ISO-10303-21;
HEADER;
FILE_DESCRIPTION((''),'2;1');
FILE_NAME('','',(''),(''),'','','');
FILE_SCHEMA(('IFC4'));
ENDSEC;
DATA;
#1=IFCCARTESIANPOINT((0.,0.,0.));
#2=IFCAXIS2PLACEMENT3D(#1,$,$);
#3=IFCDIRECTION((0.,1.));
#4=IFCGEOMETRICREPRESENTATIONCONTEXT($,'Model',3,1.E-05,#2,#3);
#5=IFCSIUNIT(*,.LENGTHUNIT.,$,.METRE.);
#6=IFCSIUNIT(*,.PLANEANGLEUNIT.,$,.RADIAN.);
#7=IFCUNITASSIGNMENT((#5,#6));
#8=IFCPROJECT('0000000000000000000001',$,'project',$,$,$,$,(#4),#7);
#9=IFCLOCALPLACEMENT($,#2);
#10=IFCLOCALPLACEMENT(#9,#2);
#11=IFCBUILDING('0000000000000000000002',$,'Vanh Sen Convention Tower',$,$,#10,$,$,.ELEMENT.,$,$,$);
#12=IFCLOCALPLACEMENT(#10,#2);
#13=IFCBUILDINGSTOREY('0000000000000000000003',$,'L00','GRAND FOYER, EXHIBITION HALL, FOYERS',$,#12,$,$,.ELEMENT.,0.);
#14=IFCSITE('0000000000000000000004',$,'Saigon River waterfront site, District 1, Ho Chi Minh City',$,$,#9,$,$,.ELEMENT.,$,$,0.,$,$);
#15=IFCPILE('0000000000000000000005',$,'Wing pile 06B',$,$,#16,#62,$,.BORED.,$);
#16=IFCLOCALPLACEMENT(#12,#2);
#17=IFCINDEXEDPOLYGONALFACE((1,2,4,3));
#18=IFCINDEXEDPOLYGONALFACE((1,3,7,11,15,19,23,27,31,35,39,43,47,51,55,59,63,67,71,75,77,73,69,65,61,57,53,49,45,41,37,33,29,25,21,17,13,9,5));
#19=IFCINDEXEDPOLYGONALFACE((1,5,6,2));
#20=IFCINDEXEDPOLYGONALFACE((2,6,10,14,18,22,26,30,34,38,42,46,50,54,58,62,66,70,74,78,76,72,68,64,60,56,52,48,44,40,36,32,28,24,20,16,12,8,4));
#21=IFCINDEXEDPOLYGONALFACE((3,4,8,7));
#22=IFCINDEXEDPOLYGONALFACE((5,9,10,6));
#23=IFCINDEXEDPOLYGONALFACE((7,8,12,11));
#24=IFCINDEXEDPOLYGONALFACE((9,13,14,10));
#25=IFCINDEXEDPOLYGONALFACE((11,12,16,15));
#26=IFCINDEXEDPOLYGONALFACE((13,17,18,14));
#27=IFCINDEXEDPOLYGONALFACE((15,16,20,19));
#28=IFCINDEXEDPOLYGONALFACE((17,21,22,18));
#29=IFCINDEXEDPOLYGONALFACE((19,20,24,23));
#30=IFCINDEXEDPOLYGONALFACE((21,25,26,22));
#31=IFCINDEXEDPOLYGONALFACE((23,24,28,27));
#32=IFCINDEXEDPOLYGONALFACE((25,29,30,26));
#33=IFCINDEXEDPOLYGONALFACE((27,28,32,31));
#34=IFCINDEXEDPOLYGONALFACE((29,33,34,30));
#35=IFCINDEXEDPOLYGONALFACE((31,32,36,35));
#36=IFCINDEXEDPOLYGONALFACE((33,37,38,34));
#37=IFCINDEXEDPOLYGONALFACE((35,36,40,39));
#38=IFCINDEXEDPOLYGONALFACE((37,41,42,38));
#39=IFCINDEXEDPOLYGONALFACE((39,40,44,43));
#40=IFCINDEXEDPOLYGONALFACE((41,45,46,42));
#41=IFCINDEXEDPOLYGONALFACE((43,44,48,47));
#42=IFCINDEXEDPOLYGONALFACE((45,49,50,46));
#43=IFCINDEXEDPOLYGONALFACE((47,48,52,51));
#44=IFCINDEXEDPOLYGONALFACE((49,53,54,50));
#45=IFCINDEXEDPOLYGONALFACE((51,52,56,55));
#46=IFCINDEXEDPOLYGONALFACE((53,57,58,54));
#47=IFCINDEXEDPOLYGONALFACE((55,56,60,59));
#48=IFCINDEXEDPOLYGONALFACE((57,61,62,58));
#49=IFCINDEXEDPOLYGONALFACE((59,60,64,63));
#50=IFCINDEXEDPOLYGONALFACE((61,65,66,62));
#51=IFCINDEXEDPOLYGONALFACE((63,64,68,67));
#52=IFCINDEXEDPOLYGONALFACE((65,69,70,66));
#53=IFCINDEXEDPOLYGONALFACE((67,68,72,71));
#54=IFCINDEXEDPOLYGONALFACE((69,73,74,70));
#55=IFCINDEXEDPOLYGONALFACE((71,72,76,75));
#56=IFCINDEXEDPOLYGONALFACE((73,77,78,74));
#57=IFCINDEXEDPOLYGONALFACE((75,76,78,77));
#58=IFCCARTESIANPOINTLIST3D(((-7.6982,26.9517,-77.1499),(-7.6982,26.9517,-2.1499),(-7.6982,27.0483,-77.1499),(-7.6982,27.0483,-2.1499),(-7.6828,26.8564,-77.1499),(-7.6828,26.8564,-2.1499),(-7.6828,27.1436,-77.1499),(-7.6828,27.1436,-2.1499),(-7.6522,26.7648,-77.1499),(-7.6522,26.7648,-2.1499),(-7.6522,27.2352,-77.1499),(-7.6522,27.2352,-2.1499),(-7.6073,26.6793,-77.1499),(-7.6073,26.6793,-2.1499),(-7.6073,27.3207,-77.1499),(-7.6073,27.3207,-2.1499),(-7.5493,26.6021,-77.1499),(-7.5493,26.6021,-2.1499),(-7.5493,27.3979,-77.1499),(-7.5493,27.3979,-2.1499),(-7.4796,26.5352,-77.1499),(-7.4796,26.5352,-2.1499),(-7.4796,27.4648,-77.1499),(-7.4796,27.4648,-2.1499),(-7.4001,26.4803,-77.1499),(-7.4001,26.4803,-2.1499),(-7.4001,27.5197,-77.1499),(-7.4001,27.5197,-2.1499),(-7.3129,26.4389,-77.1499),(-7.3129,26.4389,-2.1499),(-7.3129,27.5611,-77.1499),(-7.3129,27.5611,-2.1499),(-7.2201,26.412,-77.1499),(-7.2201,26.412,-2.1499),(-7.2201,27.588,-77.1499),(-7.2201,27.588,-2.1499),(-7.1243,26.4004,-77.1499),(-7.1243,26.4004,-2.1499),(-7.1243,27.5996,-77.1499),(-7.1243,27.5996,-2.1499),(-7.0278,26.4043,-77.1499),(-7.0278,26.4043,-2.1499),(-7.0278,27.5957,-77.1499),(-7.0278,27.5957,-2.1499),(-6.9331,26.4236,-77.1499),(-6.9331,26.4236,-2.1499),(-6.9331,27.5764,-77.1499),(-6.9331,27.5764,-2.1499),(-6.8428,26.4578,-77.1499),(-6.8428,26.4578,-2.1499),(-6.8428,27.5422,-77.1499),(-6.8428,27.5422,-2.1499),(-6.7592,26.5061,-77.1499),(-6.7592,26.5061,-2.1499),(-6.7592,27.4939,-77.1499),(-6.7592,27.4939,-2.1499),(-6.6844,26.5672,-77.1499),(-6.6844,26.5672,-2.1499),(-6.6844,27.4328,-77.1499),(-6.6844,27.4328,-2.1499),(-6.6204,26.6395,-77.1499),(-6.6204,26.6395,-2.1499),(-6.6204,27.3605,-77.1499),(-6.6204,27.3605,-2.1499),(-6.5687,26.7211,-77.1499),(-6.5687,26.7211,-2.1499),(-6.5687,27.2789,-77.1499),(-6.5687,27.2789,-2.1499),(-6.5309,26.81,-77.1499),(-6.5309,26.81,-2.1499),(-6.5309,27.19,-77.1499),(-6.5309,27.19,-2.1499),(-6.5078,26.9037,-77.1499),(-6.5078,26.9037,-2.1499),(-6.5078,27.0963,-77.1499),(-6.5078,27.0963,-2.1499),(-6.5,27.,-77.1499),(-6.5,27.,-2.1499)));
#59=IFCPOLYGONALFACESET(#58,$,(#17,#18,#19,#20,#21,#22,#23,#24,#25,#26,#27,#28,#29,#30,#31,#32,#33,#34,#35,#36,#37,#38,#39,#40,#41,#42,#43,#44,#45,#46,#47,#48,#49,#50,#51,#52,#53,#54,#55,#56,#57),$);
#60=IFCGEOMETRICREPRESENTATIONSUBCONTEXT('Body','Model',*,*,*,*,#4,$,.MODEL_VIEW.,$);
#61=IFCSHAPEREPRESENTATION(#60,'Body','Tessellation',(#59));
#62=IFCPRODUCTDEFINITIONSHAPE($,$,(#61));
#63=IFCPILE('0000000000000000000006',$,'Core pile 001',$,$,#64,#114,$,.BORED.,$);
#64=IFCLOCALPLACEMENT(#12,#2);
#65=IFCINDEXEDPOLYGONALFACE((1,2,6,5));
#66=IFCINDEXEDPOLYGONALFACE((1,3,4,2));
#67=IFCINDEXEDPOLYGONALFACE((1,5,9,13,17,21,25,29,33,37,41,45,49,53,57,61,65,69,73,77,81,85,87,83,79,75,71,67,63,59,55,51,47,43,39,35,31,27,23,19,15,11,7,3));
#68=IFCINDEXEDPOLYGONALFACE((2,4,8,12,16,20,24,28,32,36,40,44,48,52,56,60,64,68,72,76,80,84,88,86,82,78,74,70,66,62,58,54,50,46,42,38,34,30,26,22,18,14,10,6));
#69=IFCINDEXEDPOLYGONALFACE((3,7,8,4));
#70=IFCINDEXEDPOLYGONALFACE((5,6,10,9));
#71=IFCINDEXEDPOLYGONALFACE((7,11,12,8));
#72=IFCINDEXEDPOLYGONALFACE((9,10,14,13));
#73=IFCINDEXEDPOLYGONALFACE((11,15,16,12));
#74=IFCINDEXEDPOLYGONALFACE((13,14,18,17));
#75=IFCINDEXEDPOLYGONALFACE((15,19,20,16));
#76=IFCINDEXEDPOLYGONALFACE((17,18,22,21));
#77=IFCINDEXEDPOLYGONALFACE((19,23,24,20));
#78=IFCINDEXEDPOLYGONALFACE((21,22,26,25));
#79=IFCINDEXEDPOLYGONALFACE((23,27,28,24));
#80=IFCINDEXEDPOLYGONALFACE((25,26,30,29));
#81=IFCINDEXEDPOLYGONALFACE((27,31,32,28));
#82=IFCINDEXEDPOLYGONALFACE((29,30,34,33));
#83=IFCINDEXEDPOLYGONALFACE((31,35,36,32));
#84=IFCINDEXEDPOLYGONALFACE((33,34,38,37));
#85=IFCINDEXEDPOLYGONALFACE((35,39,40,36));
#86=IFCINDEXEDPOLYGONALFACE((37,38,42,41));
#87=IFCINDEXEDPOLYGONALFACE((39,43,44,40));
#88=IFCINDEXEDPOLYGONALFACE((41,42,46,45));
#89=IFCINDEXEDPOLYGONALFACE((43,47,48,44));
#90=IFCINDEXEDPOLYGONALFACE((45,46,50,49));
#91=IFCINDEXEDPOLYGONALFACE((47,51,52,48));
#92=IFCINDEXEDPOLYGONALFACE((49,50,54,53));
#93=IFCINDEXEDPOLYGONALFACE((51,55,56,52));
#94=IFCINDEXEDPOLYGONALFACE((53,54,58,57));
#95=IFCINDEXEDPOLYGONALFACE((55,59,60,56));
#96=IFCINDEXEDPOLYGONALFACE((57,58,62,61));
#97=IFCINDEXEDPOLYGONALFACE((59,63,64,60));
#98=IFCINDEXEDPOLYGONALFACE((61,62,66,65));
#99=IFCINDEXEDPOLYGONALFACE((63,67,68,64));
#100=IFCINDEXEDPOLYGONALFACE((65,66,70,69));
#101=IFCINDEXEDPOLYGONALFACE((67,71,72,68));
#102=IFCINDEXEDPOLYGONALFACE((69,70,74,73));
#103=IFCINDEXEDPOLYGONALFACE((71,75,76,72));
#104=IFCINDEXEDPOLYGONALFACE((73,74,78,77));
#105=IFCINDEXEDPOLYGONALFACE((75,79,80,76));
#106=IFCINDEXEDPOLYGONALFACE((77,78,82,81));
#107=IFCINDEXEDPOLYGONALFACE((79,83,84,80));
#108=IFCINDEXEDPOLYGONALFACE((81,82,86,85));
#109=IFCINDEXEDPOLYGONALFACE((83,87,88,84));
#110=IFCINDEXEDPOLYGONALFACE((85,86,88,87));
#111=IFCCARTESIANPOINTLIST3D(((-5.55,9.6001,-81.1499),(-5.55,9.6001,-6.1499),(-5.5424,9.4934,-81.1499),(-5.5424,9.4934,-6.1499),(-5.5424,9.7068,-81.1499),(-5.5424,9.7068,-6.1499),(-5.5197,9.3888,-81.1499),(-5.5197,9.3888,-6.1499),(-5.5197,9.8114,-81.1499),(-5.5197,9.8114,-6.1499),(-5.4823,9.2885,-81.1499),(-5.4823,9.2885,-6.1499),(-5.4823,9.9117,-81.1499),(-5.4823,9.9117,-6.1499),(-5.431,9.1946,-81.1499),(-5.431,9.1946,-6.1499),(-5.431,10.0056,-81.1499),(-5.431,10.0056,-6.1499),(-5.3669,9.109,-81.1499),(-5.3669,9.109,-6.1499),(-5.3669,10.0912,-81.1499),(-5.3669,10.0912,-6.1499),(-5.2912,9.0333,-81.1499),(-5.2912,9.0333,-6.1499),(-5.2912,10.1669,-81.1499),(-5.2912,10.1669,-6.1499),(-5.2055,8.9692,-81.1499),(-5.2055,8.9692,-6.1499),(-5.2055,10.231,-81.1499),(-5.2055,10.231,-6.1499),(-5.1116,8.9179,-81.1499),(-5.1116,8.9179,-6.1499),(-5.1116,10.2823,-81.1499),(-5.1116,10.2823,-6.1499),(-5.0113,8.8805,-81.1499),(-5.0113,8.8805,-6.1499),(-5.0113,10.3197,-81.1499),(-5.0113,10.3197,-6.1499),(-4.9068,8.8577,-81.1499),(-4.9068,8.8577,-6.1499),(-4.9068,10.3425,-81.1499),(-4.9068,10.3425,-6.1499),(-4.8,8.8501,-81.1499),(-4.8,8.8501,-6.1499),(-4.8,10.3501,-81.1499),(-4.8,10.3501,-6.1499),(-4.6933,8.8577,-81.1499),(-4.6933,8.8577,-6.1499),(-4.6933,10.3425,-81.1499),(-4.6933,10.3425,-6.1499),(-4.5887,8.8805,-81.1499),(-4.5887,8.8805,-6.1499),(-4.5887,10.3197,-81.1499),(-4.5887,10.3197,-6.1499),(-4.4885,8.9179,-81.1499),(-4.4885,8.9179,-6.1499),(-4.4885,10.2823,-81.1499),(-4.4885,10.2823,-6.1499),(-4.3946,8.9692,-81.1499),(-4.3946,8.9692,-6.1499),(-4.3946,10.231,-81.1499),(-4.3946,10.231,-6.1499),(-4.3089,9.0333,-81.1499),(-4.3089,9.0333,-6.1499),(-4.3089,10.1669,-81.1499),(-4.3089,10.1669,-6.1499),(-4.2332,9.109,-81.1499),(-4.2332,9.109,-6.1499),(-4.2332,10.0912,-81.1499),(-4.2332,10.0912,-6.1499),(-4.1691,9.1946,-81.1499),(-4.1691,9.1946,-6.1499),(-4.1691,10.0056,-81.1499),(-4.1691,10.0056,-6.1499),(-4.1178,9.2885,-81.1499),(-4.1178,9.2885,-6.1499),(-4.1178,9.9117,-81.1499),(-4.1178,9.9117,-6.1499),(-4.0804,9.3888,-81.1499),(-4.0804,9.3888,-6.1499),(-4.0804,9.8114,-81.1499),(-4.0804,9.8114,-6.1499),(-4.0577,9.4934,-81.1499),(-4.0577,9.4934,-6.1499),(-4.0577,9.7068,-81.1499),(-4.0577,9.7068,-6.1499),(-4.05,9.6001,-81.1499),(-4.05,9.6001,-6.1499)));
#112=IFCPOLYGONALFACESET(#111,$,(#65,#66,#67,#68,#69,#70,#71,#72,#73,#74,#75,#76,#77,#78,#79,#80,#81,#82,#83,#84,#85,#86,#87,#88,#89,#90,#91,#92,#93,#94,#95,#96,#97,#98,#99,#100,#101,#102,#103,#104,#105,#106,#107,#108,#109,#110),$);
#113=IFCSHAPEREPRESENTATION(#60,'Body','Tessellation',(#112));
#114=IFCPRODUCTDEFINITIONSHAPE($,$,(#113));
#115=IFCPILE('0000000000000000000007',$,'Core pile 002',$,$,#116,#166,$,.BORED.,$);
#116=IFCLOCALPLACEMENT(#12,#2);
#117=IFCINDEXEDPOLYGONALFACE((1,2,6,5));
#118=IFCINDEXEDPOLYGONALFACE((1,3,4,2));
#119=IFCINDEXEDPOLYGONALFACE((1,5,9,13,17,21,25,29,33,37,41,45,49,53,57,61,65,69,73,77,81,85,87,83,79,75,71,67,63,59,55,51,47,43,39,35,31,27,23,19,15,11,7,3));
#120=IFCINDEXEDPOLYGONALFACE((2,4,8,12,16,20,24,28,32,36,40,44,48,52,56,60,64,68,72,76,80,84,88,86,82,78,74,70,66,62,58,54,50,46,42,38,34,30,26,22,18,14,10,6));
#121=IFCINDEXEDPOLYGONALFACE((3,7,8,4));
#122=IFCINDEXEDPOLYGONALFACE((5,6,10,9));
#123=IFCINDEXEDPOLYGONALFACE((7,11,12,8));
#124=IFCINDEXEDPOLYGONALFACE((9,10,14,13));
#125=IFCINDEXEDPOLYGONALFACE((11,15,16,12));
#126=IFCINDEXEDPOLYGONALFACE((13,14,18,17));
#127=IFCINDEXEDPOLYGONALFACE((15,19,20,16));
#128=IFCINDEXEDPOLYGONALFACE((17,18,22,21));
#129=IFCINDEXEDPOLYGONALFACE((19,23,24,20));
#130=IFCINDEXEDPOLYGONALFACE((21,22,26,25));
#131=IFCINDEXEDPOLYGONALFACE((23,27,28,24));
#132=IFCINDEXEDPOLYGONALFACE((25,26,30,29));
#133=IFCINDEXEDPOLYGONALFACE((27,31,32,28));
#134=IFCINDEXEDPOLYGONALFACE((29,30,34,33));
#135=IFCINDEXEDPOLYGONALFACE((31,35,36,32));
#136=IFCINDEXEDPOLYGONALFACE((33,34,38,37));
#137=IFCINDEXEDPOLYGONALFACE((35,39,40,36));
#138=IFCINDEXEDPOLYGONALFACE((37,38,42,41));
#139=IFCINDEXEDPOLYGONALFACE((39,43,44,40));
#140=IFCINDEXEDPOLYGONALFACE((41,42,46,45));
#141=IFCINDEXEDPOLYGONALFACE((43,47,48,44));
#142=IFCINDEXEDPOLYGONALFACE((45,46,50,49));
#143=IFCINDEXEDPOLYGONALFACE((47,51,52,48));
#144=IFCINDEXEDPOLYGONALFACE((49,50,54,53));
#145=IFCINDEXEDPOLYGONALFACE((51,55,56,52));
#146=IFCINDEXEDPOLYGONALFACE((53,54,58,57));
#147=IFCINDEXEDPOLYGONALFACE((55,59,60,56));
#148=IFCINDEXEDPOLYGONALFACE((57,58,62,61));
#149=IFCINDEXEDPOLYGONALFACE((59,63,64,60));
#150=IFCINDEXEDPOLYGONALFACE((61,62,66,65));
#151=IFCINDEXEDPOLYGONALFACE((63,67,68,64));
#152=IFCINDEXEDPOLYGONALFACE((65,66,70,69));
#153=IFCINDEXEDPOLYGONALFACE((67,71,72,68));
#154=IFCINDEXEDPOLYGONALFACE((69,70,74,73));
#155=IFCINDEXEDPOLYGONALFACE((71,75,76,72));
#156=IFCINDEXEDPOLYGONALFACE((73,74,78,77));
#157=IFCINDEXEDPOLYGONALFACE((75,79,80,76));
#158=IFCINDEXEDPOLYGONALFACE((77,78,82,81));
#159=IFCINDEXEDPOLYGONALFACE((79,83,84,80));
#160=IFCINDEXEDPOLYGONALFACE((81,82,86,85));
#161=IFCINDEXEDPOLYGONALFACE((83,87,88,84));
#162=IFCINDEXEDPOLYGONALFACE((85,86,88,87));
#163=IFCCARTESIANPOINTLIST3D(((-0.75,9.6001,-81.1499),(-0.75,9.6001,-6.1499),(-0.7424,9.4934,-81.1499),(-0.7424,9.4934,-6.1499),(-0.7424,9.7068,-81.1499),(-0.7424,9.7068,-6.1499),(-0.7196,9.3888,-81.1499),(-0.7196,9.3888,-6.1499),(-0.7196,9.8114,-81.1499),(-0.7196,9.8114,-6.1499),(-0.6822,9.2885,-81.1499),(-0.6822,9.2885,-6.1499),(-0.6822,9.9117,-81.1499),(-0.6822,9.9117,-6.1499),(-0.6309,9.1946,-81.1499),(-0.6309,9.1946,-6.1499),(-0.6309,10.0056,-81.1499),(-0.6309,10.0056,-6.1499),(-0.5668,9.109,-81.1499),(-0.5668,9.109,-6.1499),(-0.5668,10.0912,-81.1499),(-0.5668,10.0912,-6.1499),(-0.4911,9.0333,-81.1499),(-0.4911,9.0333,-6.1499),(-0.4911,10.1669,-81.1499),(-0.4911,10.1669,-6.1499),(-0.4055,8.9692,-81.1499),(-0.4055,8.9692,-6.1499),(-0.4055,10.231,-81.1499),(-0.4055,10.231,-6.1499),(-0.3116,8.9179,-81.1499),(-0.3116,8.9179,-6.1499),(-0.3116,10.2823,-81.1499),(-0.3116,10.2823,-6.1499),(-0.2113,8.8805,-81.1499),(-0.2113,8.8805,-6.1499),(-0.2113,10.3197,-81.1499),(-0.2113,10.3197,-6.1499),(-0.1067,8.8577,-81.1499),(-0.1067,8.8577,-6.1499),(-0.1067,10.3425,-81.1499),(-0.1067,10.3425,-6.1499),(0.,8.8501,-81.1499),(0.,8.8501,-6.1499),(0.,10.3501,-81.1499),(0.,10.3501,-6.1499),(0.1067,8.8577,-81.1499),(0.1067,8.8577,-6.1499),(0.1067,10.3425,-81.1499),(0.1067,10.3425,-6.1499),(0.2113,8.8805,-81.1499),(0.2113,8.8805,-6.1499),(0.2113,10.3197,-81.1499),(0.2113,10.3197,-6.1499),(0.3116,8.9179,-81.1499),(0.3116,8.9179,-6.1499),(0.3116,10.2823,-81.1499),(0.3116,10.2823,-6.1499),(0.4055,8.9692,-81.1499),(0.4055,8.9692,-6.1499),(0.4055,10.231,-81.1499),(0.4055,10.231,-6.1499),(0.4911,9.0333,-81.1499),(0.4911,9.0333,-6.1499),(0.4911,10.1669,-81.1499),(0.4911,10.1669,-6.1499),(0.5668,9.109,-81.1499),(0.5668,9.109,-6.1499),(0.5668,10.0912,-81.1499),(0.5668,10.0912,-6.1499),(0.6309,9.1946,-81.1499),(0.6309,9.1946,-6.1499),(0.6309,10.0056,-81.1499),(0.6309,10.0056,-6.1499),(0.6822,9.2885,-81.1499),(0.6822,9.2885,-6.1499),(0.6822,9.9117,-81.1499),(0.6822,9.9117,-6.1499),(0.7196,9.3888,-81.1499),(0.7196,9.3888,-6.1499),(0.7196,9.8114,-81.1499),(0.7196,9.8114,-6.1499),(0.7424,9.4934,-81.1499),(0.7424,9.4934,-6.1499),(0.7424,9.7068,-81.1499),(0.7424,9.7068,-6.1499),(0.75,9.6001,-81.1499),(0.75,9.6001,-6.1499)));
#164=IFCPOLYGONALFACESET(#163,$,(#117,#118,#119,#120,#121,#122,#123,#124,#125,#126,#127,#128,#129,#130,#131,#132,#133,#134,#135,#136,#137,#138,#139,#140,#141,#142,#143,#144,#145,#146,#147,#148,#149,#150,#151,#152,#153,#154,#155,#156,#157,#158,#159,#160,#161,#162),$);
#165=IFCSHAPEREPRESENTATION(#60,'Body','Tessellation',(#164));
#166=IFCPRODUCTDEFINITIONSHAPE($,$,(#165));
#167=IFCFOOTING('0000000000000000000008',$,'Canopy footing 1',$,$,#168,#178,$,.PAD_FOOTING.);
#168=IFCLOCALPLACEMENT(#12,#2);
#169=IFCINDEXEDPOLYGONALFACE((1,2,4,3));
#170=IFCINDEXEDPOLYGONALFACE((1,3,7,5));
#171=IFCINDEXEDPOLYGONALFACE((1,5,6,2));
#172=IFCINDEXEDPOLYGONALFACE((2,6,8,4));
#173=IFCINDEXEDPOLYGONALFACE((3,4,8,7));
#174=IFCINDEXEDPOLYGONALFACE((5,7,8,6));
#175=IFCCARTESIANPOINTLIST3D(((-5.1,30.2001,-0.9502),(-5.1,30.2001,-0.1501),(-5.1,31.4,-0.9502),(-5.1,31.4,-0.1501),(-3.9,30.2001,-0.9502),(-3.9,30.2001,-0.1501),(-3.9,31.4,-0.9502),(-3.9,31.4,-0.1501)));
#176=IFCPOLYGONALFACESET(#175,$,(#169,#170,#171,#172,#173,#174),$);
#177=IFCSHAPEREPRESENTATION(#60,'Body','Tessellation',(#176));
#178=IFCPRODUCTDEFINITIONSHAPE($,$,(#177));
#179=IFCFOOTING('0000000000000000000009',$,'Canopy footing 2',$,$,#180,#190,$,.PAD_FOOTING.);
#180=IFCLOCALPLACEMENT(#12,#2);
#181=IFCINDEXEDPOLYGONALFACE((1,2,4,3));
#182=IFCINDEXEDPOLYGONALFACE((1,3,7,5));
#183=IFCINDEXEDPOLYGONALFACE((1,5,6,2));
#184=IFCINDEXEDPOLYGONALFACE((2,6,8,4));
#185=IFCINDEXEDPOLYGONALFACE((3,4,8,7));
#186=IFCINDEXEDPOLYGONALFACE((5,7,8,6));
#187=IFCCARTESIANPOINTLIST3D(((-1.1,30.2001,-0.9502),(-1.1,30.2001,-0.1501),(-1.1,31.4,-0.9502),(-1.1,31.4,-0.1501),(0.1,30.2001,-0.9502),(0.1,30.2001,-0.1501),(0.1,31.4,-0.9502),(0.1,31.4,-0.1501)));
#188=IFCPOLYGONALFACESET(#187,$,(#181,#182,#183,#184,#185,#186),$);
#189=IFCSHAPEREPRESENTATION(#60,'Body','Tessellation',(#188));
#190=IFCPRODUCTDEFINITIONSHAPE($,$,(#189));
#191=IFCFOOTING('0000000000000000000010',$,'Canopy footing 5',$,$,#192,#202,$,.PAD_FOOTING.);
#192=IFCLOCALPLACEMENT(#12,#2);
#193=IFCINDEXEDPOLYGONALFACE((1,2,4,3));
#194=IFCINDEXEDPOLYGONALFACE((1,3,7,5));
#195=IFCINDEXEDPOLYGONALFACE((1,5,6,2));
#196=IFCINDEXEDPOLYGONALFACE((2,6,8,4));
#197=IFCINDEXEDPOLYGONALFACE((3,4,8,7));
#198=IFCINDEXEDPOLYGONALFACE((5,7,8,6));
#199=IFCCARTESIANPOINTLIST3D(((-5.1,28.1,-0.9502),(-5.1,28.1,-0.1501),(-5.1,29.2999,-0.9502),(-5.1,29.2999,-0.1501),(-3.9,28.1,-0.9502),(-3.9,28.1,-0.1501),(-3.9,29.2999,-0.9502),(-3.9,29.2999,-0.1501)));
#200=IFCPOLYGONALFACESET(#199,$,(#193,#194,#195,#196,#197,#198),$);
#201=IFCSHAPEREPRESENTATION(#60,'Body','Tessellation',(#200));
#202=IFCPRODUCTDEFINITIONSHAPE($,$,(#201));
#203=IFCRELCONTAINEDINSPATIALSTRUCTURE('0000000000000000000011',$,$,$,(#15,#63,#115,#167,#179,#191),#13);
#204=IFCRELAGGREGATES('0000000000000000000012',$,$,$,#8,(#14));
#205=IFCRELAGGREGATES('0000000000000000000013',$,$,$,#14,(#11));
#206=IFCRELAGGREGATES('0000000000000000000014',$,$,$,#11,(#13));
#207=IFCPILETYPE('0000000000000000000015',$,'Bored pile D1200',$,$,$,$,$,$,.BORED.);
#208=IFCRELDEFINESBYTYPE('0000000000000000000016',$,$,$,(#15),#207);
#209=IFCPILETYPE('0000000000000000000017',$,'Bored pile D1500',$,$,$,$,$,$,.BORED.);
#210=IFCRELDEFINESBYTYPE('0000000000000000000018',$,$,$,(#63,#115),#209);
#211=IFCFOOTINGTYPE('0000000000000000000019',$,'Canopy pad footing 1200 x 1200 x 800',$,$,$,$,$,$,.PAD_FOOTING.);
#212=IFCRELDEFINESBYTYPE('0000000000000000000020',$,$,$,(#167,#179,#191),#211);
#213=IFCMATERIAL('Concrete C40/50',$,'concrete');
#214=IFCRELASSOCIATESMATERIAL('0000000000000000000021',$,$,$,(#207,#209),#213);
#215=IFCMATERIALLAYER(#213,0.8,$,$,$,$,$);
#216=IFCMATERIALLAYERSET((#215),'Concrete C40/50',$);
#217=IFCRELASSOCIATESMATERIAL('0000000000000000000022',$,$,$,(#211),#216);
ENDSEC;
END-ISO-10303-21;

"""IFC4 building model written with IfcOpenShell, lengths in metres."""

from ifc_helpers import new_model, si_unit, direction, frame, origin, origin_2d, place, context, subcontext, project, spatial, rectangle, circle, extrude, material, layer, layer_set, material_profile, profile_set, type_object, element, save


model = new_model("IFC4")

# Units and contexts
model_context = context("Model", 3, precision=1e-05, world=origin(), true_north=direction((0.0, 1.0)))
body_context = subcontext(model_context, "Body", "Model", "MODEL_VIEW")
ifc_project = project(units=[si_unit("LENGTHUNIT", "METRE"), si_unit("PLANEANGLEUNIT", "RADIAN")], contexts=[model_context])

# Site, building, storey
site_placement = place(None, origin())
site = spatial("IfcSite", under=ifc_project, at=site_placement, Name="Saigon River waterfront site, District 1, Ho Chi Minh City", CompositionType="ELEMENT", RefElevation=0.0)
building_placement = place(site_placement, origin())
building = spatial("IfcBuilding", under=site, at=building_placement, Name="Vanh Sen Convention Tower", CompositionType="ELEMENT")
storey_placement = place(building_placement, origin())
storey = spatial("IfcBuildingStorey", under=building, at=storey_placement, Name="L00", Description="GRAND FOYER, EXHIBITION HALL, FOYERS", CompositionType="ELEMENT", Elevation=0.0)

# Piles
ifc_material_1 = material(Name="Concrete C40/50", Category="concrete")
ifc_material_profile_1 = material_profile(ifc_material_1, circle(Radius=0.6001, at=origin_2d()), Name="Bored pile D1200")
ifc_profile_set_1 = profile_set([ifc_material_profile_1], Name="Concrete C40/50")
pile_type_1 = type_object("IfcPileType", Name="Bored pile D1200", PredefinedType="BORED", material=ifc_profile_set_1)
for number, where, z_axis, x_axis, name in (
    (1, (-7.1001, 27.0, -2.1499), (0.0, 0.0, -1.0), (1.0, 0.0, 0.0), "Wing pile 06B"),
):
    element("IfcPile", number, at=place(storey_placement, frame(where, z_axis=z_axis, x_axis=x_axis)), inside=storey, type_object=pile_type_1, Name=name, PredefinedType="BORED", context=body_context, shape_type="SweptSolid", body=[
        extrude(circle(Radius=0.6001, at=origin_2d()), origin(), (0.0, 0.0, 1.0), 75.0),
    ])
ifc_material_profile_2 = material_profile(ifc_material_1, circle(Radius=0.75, at=origin_2d()), Name="Bored pile D1500")
ifc_profile_set_2 = profile_set([ifc_material_profile_2], Name="Concrete C40/50")
pile_type_2 = type_object("IfcPileType", Name="Bored pile D1500", PredefinedType="BORED", material=ifc_profile_set_2)
for number, where, z_axis, x_axis, name in (
    (2, (-4.8, 9.6001, -6.1499), (0.0, 0.0, -1.0), (1.0, 0.0, 0.0), "Core pile 001"),
    (3, (0.0, 9.6001, -6.1499), (0.0, 0.0, -1.0), (1.0, 0.0, 0.0), "Core pile 002"),
):
    element("IfcPile", number, at=place(storey_placement, frame(where, z_axis=z_axis, x_axis=x_axis)), inside=storey, type_object=pile_type_2, Name=name, PredefinedType="BORED", context=body_context, shape_type="SweptSolid", body=[
        extrude(circle(Radius=0.75, at=origin_2d()), origin(), (0.0, 0.0, 1.0), 75.0),
    ])

# Footings
ifc_layer_1 = layer(ifc_material_1, 0.8)
ifc_layer_set_1 = layer_set([ifc_layer_1], Name="Concrete C40/50")
footing_type_1 = type_object("IfcFootingType", Name="Canopy pad footing 1200 x 1200 x 800", PredefinedType="PAD_FOOTING", material=ifc_layer_set_1)
for number, where, z_axis, x_axis, name in (
    (4, (-4.5, 30.8, -0.9502), (0.0, 0.0, 1.0), (1.0, 0.0, 0.0), "Canopy footing 1"),
    (5, (-0.5, 30.8, -0.9502), (0.0, 0.0, 1.0), (1.0, 0.0, 0.0), "Canopy footing 2"),
    (6, (-4.5, 28.7, -0.9502), (0.0, 0.0, 1.0), (1.0, 0.0, 0.0), "Canopy footing 5"),
):
    element("IfcFooting", number, at=place(storey_placement, frame(where, z_axis=z_axis, x_axis=x_axis)), inside=storey, type_object=footing_type_1, Name=name, PredefinedType="PAD_FOOTING", context=body_context, shape_type="SweptSolid", body=[
        extrude(rectangle(XDim=1.2, YDim=1.2, at=origin_2d()), origin(), (0.0, 0.0, 1.0), 0.8),
    ])

save(model, "model.ifc")
